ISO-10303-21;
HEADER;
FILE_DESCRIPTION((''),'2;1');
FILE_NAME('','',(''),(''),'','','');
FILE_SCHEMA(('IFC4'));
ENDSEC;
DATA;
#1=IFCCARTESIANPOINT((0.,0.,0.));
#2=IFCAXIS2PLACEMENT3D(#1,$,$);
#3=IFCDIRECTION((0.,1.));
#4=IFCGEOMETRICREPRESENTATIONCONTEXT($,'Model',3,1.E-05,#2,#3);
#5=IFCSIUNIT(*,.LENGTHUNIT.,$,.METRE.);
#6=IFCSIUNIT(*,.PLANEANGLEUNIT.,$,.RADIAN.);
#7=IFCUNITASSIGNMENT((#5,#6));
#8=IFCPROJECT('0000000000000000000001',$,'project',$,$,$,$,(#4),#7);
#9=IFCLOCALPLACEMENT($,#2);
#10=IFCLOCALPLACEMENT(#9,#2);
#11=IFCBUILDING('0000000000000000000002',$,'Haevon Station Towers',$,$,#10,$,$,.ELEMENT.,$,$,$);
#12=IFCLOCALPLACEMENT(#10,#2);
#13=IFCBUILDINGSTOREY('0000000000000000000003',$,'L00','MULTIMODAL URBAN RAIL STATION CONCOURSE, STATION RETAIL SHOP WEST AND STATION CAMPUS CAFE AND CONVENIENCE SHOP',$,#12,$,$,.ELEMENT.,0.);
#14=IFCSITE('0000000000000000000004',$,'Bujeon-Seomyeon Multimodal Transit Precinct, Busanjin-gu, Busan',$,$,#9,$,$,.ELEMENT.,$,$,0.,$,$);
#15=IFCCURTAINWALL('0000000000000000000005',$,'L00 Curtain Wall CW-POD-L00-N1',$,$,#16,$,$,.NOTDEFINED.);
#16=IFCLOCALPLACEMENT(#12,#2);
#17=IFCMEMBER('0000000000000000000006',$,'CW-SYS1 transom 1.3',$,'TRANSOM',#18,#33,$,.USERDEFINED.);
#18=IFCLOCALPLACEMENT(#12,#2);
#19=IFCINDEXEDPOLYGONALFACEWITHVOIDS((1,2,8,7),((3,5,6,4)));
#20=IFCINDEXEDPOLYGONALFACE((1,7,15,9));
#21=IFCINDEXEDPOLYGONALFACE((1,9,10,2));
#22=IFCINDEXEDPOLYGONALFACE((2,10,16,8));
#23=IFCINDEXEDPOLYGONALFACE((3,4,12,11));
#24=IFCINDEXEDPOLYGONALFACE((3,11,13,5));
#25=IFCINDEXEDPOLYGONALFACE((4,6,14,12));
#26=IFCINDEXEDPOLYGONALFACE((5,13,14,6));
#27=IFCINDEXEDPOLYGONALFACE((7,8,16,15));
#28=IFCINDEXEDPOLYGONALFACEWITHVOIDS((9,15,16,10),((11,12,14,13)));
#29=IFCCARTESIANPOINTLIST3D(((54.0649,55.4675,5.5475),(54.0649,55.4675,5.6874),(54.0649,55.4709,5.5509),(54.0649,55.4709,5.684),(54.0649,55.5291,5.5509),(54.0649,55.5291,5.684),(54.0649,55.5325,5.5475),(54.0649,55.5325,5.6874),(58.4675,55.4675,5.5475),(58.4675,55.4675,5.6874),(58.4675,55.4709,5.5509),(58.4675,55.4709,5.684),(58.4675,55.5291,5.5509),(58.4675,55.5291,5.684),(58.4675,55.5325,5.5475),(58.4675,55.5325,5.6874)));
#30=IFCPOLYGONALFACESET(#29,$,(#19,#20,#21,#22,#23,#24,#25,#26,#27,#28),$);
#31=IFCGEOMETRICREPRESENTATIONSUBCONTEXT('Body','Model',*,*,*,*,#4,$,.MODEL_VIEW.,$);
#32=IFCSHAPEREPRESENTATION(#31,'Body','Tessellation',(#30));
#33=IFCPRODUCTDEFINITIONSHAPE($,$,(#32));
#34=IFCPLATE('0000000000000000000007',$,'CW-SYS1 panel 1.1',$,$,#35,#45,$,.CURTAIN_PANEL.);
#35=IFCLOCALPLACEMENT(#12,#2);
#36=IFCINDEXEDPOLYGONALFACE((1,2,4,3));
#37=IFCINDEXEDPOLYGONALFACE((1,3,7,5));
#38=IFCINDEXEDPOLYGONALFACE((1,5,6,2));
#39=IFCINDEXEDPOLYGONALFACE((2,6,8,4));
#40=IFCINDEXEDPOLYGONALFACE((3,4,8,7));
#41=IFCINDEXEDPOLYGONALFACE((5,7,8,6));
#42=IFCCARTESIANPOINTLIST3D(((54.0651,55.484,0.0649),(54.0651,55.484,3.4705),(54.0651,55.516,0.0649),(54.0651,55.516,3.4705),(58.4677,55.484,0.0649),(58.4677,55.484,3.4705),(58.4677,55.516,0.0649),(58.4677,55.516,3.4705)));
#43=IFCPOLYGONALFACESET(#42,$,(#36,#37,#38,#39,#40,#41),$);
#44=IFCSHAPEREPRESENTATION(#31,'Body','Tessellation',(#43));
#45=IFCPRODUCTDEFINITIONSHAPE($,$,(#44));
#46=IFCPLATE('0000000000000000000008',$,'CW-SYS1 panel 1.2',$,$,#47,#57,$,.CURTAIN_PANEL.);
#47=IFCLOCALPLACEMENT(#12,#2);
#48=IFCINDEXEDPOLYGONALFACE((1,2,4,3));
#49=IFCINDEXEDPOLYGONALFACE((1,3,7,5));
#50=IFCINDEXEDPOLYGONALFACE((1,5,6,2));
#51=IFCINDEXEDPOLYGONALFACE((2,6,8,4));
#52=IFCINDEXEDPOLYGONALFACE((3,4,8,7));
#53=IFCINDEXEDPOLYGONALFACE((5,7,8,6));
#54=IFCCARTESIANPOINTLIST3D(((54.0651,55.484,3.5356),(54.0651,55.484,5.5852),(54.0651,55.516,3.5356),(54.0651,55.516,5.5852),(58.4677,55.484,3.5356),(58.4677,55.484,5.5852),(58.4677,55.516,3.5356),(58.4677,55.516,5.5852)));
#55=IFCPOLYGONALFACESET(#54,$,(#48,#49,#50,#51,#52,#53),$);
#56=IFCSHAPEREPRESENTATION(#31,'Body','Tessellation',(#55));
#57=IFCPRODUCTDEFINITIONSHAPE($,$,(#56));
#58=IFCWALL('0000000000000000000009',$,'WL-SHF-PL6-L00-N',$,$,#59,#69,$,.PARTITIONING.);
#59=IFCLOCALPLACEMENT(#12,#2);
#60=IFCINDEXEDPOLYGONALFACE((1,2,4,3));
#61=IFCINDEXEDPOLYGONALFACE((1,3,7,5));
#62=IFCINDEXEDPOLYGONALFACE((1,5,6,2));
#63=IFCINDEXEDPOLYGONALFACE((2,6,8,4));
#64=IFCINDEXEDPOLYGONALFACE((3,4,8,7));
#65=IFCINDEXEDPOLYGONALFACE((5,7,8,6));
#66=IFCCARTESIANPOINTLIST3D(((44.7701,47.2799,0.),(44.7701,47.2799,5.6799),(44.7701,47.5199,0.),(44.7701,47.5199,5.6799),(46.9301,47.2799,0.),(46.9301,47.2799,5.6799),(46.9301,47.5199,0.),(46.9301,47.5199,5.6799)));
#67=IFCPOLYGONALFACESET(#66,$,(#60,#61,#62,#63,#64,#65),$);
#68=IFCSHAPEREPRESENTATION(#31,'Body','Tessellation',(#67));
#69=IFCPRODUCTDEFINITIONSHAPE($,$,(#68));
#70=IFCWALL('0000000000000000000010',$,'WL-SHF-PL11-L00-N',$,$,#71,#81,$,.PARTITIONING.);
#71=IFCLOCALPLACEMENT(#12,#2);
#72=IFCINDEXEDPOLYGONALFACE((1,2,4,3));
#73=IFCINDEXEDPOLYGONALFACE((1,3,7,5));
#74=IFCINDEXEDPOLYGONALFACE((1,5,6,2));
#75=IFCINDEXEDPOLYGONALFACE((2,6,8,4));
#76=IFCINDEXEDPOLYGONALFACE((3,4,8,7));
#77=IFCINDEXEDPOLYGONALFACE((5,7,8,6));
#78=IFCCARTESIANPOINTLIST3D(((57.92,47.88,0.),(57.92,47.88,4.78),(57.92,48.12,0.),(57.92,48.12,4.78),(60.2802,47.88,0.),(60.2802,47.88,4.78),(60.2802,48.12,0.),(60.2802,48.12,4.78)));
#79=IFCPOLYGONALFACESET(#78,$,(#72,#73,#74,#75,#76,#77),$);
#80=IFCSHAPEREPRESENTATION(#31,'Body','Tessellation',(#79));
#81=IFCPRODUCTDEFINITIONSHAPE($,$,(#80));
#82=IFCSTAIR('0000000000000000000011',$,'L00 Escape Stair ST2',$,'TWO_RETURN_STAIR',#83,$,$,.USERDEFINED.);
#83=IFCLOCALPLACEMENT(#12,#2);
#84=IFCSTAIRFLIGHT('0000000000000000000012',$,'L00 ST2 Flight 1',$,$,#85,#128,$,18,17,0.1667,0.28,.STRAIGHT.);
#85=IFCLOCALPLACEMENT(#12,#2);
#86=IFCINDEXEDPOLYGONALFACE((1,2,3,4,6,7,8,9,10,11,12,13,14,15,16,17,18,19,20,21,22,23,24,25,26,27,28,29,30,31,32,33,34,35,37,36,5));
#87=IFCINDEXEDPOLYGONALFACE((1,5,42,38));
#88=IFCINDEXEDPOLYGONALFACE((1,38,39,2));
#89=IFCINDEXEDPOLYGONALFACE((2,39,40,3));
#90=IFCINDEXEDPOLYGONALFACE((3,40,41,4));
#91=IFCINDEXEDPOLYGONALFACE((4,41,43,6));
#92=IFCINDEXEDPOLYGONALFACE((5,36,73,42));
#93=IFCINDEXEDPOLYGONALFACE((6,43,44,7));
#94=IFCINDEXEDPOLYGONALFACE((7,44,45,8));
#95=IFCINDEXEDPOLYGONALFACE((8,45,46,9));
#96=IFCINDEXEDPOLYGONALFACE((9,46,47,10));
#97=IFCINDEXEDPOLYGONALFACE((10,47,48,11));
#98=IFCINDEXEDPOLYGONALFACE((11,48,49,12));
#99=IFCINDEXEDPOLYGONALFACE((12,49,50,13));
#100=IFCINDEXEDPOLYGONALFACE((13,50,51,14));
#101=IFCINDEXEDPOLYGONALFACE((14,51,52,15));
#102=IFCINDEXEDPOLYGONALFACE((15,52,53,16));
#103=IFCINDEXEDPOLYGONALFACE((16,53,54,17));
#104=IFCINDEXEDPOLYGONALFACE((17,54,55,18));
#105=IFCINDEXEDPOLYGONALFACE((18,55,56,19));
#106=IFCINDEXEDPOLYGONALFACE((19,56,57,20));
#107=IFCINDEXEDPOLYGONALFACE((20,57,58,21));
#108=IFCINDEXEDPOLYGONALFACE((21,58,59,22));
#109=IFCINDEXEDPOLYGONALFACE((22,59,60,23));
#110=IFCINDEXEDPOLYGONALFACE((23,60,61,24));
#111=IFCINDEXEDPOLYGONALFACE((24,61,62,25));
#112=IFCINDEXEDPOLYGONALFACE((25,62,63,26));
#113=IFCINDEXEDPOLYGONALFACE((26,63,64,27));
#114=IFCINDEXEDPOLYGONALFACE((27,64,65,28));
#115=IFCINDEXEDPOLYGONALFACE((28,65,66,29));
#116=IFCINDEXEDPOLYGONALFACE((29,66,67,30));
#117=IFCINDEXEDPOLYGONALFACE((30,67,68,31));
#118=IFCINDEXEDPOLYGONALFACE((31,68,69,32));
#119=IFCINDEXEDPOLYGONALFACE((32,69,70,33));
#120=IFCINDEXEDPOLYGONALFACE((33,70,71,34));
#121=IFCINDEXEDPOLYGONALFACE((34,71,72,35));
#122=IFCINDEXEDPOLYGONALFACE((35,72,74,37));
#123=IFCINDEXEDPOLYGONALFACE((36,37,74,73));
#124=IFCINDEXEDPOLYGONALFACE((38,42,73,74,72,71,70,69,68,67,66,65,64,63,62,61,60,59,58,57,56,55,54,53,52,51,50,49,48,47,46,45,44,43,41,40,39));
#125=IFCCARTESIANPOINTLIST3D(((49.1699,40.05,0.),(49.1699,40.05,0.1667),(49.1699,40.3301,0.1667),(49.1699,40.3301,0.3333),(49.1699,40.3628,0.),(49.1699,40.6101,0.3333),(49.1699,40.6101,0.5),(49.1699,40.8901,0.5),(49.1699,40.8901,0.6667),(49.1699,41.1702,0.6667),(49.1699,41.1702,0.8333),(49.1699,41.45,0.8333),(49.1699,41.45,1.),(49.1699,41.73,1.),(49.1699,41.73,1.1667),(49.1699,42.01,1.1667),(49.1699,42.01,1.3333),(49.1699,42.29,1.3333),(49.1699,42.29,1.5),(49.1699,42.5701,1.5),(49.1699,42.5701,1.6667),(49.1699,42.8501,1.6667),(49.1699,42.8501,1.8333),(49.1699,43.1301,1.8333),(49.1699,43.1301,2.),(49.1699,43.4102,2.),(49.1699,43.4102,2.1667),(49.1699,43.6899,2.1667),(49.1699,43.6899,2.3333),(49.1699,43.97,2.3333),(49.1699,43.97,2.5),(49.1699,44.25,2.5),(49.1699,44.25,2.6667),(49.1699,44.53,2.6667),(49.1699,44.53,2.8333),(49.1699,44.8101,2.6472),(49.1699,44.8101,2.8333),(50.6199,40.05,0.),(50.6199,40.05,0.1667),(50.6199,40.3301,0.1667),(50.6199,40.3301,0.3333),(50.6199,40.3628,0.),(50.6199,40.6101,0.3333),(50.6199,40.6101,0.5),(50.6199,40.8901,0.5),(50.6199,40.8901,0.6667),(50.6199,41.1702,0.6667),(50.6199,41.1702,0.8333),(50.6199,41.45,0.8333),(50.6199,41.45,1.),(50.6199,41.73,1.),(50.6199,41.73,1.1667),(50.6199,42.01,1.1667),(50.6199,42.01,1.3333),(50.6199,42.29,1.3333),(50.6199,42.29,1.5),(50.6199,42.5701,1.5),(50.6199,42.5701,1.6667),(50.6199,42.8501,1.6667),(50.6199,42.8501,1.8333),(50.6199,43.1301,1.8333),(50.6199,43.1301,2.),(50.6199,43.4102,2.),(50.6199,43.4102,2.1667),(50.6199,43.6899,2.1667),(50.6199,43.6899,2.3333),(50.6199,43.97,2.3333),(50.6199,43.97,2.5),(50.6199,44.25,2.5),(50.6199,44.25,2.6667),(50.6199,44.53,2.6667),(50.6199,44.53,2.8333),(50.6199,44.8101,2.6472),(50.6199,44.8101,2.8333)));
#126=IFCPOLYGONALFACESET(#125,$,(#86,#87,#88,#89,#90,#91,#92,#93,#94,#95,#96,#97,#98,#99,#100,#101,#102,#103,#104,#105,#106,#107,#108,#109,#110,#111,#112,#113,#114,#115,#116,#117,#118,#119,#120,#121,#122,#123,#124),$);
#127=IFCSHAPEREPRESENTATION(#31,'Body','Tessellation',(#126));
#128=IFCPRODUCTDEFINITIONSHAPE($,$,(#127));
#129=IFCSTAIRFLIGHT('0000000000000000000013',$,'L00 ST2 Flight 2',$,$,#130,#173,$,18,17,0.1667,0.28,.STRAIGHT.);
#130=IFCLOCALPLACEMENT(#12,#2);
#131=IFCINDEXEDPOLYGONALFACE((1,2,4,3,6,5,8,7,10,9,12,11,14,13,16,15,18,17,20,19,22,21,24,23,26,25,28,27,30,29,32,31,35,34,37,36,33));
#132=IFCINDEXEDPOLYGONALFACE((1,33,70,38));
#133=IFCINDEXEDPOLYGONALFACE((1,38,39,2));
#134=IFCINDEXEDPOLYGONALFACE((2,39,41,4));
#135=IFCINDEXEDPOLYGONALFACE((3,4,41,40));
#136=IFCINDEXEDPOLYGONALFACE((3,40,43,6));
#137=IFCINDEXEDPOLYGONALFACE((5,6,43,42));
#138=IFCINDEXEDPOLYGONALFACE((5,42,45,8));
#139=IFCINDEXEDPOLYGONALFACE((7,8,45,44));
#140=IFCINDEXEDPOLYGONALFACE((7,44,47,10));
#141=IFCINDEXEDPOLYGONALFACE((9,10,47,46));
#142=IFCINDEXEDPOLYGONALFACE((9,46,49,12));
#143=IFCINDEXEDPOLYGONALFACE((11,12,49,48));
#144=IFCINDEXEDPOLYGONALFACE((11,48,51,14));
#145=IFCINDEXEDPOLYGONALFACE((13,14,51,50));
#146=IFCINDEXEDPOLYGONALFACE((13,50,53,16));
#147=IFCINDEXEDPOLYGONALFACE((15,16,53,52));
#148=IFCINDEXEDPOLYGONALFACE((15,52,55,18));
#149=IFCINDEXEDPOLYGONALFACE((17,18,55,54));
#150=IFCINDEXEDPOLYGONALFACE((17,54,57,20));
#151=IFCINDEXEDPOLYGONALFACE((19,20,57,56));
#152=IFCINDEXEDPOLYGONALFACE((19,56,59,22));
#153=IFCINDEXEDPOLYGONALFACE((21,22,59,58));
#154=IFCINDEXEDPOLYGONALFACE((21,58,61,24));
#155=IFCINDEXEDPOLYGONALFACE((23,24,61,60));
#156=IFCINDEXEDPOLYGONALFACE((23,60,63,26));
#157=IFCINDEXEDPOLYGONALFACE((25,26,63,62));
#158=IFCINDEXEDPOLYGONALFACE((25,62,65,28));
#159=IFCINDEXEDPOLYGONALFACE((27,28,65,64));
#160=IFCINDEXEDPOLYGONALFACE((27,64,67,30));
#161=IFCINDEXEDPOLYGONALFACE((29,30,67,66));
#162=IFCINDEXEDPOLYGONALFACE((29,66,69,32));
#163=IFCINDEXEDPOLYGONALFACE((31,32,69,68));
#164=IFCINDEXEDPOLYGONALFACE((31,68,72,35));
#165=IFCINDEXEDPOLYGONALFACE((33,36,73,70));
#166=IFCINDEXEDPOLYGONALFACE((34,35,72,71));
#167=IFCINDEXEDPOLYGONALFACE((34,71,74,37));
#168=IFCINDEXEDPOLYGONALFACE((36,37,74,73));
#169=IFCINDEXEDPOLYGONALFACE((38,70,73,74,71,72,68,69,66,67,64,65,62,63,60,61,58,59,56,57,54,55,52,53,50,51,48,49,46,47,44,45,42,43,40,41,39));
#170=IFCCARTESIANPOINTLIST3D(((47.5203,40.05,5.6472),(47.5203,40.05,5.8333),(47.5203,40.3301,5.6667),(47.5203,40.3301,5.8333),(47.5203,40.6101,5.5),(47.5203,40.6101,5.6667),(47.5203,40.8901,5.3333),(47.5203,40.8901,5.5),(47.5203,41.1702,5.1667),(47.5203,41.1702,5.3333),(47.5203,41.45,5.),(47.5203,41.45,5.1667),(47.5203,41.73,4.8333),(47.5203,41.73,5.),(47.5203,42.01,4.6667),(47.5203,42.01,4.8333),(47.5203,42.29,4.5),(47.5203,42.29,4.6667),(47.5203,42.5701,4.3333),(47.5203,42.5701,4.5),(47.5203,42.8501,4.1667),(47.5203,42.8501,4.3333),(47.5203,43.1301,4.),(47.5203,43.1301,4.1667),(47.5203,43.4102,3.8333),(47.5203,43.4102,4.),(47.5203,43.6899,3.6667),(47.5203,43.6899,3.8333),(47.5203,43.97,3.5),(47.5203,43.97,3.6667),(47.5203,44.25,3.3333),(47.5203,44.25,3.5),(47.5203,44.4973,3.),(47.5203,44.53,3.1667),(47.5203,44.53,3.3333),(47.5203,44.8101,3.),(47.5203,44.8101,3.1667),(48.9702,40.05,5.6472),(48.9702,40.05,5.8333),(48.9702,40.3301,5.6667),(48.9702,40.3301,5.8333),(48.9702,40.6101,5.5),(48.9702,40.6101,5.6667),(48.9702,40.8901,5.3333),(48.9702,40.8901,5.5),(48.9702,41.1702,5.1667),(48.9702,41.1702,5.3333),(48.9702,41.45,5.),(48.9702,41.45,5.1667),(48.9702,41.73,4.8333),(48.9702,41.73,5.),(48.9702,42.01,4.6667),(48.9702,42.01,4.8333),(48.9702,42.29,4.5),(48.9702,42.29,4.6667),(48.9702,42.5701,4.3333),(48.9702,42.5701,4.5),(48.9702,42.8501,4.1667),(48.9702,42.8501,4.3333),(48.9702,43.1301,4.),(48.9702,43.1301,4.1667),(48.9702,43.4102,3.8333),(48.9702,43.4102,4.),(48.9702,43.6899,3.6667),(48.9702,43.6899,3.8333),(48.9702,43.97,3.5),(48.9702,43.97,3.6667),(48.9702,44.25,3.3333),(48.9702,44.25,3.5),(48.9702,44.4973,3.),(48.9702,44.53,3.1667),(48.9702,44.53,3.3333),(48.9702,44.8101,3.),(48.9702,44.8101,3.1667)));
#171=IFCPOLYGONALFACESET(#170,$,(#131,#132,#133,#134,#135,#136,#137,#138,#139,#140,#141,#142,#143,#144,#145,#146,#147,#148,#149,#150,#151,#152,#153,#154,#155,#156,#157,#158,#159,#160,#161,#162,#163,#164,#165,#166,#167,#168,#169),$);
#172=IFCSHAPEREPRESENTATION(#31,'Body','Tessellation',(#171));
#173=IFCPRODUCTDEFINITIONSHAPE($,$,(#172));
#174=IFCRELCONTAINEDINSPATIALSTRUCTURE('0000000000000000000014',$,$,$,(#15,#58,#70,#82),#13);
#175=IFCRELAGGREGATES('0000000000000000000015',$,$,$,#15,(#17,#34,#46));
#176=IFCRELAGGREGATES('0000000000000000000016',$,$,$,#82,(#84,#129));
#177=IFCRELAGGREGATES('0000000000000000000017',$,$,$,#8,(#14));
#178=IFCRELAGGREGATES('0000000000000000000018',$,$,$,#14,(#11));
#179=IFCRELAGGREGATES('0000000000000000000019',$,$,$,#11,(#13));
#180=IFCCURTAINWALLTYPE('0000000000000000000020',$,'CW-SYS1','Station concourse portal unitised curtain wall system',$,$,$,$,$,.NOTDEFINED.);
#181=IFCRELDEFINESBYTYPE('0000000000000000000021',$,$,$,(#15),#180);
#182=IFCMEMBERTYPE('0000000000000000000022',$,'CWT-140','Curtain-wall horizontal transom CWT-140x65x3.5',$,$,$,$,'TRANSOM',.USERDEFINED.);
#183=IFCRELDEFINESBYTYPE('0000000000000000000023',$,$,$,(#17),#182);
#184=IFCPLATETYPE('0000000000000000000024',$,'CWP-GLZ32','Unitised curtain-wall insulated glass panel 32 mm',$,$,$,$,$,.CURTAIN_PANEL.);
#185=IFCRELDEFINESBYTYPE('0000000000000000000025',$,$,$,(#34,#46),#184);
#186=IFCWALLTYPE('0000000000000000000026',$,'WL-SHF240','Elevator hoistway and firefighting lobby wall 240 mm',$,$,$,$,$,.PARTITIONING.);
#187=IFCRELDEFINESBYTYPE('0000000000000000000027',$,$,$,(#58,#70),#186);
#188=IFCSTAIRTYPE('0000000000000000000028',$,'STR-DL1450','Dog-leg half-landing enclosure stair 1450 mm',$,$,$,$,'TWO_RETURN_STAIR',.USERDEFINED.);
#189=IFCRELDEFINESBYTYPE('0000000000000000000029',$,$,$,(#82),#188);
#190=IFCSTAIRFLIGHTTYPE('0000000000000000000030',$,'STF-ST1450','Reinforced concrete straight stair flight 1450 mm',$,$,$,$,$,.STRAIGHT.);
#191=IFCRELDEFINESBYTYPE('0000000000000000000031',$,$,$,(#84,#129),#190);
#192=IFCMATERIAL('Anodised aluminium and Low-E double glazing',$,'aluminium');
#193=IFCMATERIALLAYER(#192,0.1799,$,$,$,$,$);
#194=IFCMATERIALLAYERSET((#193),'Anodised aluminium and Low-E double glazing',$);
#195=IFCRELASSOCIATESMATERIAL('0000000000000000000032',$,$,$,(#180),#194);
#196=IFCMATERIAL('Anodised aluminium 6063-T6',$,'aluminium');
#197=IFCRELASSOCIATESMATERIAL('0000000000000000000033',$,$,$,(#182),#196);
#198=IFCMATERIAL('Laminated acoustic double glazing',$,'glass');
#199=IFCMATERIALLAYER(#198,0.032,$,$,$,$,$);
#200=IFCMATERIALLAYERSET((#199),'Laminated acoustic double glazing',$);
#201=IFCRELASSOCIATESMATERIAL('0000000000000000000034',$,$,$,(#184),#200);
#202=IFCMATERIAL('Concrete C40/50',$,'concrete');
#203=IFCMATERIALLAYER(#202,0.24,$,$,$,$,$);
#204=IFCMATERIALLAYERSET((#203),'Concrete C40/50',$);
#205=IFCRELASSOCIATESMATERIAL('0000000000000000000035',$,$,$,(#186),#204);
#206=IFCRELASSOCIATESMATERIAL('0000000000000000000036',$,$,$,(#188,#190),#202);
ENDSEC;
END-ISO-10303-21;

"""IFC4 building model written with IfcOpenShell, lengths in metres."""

from ifc_helpers import new_model, si_unit, direction, frame, frame_2d, origin, origin_2d, place, context, subcontext, project, spatial, polyline, rectangle, hollow_rectangle, outline, extrude, material, layer, layer_set, material_profile, profile_set, type_object, element, aggregate, save


model = new_model("IFC4")

# Units and contexts
model_context = context("Model", 3, precision=1e-05, world=origin(), true_north=direction((0.0, 1.0)))
body_context = subcontext(model_context, "Body", "Model", "MODEL_VIEW")
ifc_project = project(units=[si_unit("LENGTHUNIT", "METRE"), si_unit("PLANEANGLEUNIT", "RADIAN")], contexts=[model_context])

# Site, building, storey
site_placement = place(None, origin())
site = spatial("IfcSite", under=ifc_project, at=site_placement, Name="Bujeon-Seomyeon Multimodal Transit Precinct, Busanjin-gu, Busan", CompositionType="ELEMENT", RefElevation=0.0)
building_placement = place(site_placement, origin())
building = spatial("IfcBuilding", under=site, at=building_placement, Name="Haevon Station Towers", CompositionType="ELEMENT")
storey_placement = place(building_placement, origin())
storey = spatial("IfcBuildingStorey", under=building, at=storey_placement, Name="L00", Description="MULTIMODAL URBAN RAIL STATION CONCOURSE, STATION RETAIL SHOP WEST AND STATION CAMPUS CAFE AND CONVENIENCE SHOP", CompositionType="ELEMENT", Elevation=0.0)

# Curtain wall, member, plates
ifc_material_1 = material(Name="Anodised aluminium and Low-E double glazing", Category="aluminium")
ifc_layer_1 = layer(ifc_material_1, 0.1799)
ifc_layer_set_1 = layer_set([ifc_layer_1], Name="Anodised aluminium and Low-E double glazing")
curtain_wall_type = type_object("IfcCurtainWallType", Name="CW-SYS1", Description="Station concourse portal unitised curtain wall system", PredefinedType="NOTDEFINED", material=ifc_layer_set_1)
curtain_wall_placement = place(storey_placement, origin())
curtain_wall = element("IfcCurtainWall", 1, at=curtain_wall_placement, inside=storey, type_object=curtain_wall_type, Name="L00 Curtain Wall CW-POD-L00-N1", PredefinedType="NOTDEFINED")
ifc_material_2 = material(Name="Anodised aluminium 6063-T6", Category="aluminium")
ifc_material_profile_1 = material_profile(ifc_material_2, hollow_rectangle(XDim=0.0649, YDim=0.1399, WallThickness=0.0034, at=origin_2d()), Name="CWT-140x65x3.5")
ifc_profile_set_1 = profile_set([ifc_material_profile_1], Name="Anodised aluminium 6063-T6")
member_type_1 = type_object("IfcMemberType", Name="CWT-140", Description="Curtain-wall horizontal transom CWT-140x65x3.5", ElementType="TRANSOM", PredefinedType="USERDEFINED", material=ifc_profile_set_1)
member_1_placement = place(storey_placement, frame((54.0649, 55.5, 5.6174), z_axis=(1.0, 0.0, 0.0), x_axis=(0.0, 1.0, 0.0)))
member_1 = element("IfcMember", 2, at=member_1_placement, type_object=member_type_1, Name="CW-SYS1 transom 1.3", ObjectType="TRANSOM", PredefinedType="USERDEFINED", context=body_context, shape_type="SweptSolid", body=[
    extrude(hollow_rectangle(XDim=0.0649, YDim=0.1399, WallThickness=0.0034, at=origin_2d()), origin(), (0.0, 0.0, 1.0), 4.4026),
])
ifc_material_3 = material(Name="Laminated acoustic double glazing", Category="glass")
ifc_layer_2 = layer(ifc_material_3, 0.032)
ifc_layer_set_2 = layer_set([ifc_layer_2], Name="Laminated acoustic double glazing")
plate_type = type_object("IfcPlateType", Name="CWP-GLZ32", Description="Unitised curtain-wall insulated glass panel 32 mm", PredefinedType="CURTAIN_PANEL", material=ifc_layer_set_2)
plate_1_placement = place(storey_placement, frame((56.2664, 55.5, 0.0649), z_axis=(0.0, 0.0, 1.0), x_axis=(1.0, 0.0, 0.0)))
plate_1 = element("IfcPlate", 3, at=plate_1_placement, type_object=plate_type, Name="CW-SYS1 panel 1.1", PredefinedType="CURTAIN_PANEL", context=body_context, shape_type="SweptSolid", body=[
    extrude(rectangle(XDim=4.4026, YDim=0.032, at=origin_2d()), origin(), (0.0, 0.0, 1.0), 3.4055),
])
plate_2_placement = place(storey_placement, frame((56.2664, 55.5, 3.5356), z_axis=(0.0, 0.0, 1.0), x_axis=(1.0, 0.0, 0.0)))
plate_2 = element("IfcPlate", 4, at=plate_2_placement, type_object=plate_type, Name="CW-SYS1 panel 1.2", PredefinedType="CURTAIN_PANEL", context=body_context, shape_type="SweptSolid", body=[
    extrude(rectangle(XDim=4.4026, YDim=0.032, at=origin_2d()), origin(), (0.0, 0.0, 1.0), 2.0496),
])
aggregate(curtain_wall, [member_1, plate_1, plate_2])

# Wall
ifc_material_4 = material(Name="Concrete C40/50", Category="concrete")
ifc_layer_3 = layer(ifc_material_4, 0.24)
ifc_layer_set_3 = layer_set([ifc_layer_3], Name="Concrete C40/50")
wall_type = type_object("IfcWallType", Name="WL-SHF240", Description="Elevator hoistway and firefighting lobby wall 240 mm", PredefinedType="PARTITIONING", material=ifc_layer_set_3)
wall_1_placement = place(storey_placement, frame((44.77, 47.3999, 0.0), z_axis=(0.0, 0.0, 1.0), x_axis=(1.0, 0.0, 0.0)))
element("IfcWall", 5, at=wall_1_placement, inside=storey, type_object=wall_type, Name="WL-SHF-PL6-L00-N", PredefinedType="PARTITIONING", context=body_context, shape_type="SweptSolid", body=[
    extrude(rectangle(XDim=2.1599, YDim=0.24, at=frame_2d((1.0801, 0.0))), origin(), (0.0, 0.0, 1.0), 5.6799),
])

# Wall
wall_2_placement = place(storey_placement, frame((57.9199, 48.0, 0.0), z_axis=(0.0, 0.0, 1.0), x_axis=(1.0, 0.0, 0.0)))
element("IfcWall", 6, at=wall_2_placement, inside=storey, type_object=wall_type, Name="WL-SHF-PL11-L00-N", PredefinedType="PARTITIONING", context=body_context, shape_type="SweptSolid", body=[
    extrude(rectangle(XDim=2.3601, YDim=0.24, at=frame_2d((1.1802, 0.0))), origin(), (0.0, 0.0, 1.0), 4.78),
])

# Stair, stair flights
stair_type = type_object("IfcStairType", Name="STR-DL1450", Description="Dog-leg half-landing enclosure stair 1450 mm", ElementType="TWO_RETURN_STAIR", PredefinedType="USERDEFINED", material=ifc_material_4)
stair_placement = place(storey_placement, origin())
stair = element("IfcStair", 7, at=stair_placement, inside=storey, type_object=stair_type, Name="L00 Escape Stair ST2", ObjectType="TWO_RETURN_STAIR", PredefinedType="USERDEFINED")
stair_flight_type = type_object("IfcStairFlightType", Name="STF-ST1450", Description="Reinforced concrete straight stair flight 1450 mm", PredefinedType="STRAIGHT", material=ifc_material_4)
stair_flight_1_placement = place(storey_placement, frame((49.895, 40.05, 0.0), z_axis=(0.0, 0.0, 1.0), x_axis=(0.0, 1.0, 0.0)))
stair_flight_1 = element("IfcStairFlight", 8, at=stair_flight_1_placement, type_object=stair_flight_type, Name="L00 ST2 Flight 1", NumberOfRisers=18, NumberOfTreads=17, PredefinedType="STRAIGHT", RiserHeight=0.1667, TreadLength=0.28, context=body_context, shape_type="SweptSolid", body=[
    extrude(outline(polyline([(0.0, 0.0), (0.0, 0.1667), (0.28, 0.1667), (0.28, 0.3333), (0.5601, 0.3333), (0.5601, 0.5), (0.8401, 0.5), (0.8401, 0.6667), (1.1201, 0.6667), (1.1201, 0.8333), (1.3999, 0.8333), (1.3999, 1.0), (1.6799, 1.0), (1.6799, 1.1667), (1.96, 1.1667), (1.96, 1.3333), (2.24, 1.3333), (2.24, 1.5), (2.52, 1.5), (2.52, 1.6667), (2.8, 1.6667), (2.8, 1.8333), (3.0801, 1.8333), (3.0801, 2.0), (3.3601, 2.0), (3.3601, 2.1667), (3.6399, 2.1667), (3.6399, 2.3333), (3.9199, 2.3333), (3.9199, 2.5), (4.2, 2.5), (4.2, 2.6667), (4.48, 2.6667), (4.48, 2.8333), (4.76, 2.8333), (4.76, 3.0), (4.76, 2.6472), (0.3127, 0.0), (0.0, 0.0)])), frame((0.0, 0.7251, 0.0), z_axis=(0.0, -1.0, 0.0), x_axis=(1.0, 0.0, 0.0)), (0.0, 0.0, 1.0), 1.45),
])
stair_flight_2_placement = place(storey_placement, frame((48.2451, 44.8101, 3.0), z_axis=(0.0, 0.0, 1.0), x_axis=(0.0, -1.0, 0.0)))
stair_flight_2 = element("IfcStairFlight", 9, at=stair_flight_2_placement, type_object=stair_flight_type, Name="L00 ST2 Flight 2", NumberOfRisers=18, NumberOfTreads=17, PredefinedType="STRAIGHT", RiserHeight=0.1667, TreadLength=0.28, context=body_context, shape_type="SweptSolid", body=[
    extrude(outline(polyline([(0.0, 0.0), (0.0, 0.1667), (0.28, 0.1667), (0.28, 0.3333), (0.5601, 0.3333), (0.5601, 0.5), (0.8401, 0.5), (0.8401, 0.6667), (1.1201, 0.6667), (1.1201, 0.8333), (1.3999, 0.8333), (1.3999, 1.0), (1.6799, 1.0), (1.6799, 1.1667), (1.96, 1.1667), (1.96, 1.3333), (2.24, 1.3333), (2.24, 1.5), (2.52, 1.5), (2.52, 1.6667), (2.8, 1.6667), (2.8, 1.8333), (3.0801, 1.8333), (3.0801, 2.0), (3.3601, 2.0), (3.3601, 2.1667), (3.6399, 2.1667), (3.6399, 2.3333), (3.9199, 2.3333), (3.9199, 2.5), (4.2, 2.5), (4.2, 2.6667), (4.48, 2.6667), (4.48, 2.8333), (4.76, 2.8333), (4.76, 3.0), (4.76, 2.6472), (0.3127, 0.0), (0.0, 0.0)])), frame((0.0, 0.7251, 0.0), z_axis=(0.0, -1.0, 0.0), x_axis=(1.0, 0.0, 0.0)), (0.0, 0.0, 1.0), 1.45),
])
aggregate(stair, [stair_flight_1, stair_flight_2])

save(model, "model.ifc")
